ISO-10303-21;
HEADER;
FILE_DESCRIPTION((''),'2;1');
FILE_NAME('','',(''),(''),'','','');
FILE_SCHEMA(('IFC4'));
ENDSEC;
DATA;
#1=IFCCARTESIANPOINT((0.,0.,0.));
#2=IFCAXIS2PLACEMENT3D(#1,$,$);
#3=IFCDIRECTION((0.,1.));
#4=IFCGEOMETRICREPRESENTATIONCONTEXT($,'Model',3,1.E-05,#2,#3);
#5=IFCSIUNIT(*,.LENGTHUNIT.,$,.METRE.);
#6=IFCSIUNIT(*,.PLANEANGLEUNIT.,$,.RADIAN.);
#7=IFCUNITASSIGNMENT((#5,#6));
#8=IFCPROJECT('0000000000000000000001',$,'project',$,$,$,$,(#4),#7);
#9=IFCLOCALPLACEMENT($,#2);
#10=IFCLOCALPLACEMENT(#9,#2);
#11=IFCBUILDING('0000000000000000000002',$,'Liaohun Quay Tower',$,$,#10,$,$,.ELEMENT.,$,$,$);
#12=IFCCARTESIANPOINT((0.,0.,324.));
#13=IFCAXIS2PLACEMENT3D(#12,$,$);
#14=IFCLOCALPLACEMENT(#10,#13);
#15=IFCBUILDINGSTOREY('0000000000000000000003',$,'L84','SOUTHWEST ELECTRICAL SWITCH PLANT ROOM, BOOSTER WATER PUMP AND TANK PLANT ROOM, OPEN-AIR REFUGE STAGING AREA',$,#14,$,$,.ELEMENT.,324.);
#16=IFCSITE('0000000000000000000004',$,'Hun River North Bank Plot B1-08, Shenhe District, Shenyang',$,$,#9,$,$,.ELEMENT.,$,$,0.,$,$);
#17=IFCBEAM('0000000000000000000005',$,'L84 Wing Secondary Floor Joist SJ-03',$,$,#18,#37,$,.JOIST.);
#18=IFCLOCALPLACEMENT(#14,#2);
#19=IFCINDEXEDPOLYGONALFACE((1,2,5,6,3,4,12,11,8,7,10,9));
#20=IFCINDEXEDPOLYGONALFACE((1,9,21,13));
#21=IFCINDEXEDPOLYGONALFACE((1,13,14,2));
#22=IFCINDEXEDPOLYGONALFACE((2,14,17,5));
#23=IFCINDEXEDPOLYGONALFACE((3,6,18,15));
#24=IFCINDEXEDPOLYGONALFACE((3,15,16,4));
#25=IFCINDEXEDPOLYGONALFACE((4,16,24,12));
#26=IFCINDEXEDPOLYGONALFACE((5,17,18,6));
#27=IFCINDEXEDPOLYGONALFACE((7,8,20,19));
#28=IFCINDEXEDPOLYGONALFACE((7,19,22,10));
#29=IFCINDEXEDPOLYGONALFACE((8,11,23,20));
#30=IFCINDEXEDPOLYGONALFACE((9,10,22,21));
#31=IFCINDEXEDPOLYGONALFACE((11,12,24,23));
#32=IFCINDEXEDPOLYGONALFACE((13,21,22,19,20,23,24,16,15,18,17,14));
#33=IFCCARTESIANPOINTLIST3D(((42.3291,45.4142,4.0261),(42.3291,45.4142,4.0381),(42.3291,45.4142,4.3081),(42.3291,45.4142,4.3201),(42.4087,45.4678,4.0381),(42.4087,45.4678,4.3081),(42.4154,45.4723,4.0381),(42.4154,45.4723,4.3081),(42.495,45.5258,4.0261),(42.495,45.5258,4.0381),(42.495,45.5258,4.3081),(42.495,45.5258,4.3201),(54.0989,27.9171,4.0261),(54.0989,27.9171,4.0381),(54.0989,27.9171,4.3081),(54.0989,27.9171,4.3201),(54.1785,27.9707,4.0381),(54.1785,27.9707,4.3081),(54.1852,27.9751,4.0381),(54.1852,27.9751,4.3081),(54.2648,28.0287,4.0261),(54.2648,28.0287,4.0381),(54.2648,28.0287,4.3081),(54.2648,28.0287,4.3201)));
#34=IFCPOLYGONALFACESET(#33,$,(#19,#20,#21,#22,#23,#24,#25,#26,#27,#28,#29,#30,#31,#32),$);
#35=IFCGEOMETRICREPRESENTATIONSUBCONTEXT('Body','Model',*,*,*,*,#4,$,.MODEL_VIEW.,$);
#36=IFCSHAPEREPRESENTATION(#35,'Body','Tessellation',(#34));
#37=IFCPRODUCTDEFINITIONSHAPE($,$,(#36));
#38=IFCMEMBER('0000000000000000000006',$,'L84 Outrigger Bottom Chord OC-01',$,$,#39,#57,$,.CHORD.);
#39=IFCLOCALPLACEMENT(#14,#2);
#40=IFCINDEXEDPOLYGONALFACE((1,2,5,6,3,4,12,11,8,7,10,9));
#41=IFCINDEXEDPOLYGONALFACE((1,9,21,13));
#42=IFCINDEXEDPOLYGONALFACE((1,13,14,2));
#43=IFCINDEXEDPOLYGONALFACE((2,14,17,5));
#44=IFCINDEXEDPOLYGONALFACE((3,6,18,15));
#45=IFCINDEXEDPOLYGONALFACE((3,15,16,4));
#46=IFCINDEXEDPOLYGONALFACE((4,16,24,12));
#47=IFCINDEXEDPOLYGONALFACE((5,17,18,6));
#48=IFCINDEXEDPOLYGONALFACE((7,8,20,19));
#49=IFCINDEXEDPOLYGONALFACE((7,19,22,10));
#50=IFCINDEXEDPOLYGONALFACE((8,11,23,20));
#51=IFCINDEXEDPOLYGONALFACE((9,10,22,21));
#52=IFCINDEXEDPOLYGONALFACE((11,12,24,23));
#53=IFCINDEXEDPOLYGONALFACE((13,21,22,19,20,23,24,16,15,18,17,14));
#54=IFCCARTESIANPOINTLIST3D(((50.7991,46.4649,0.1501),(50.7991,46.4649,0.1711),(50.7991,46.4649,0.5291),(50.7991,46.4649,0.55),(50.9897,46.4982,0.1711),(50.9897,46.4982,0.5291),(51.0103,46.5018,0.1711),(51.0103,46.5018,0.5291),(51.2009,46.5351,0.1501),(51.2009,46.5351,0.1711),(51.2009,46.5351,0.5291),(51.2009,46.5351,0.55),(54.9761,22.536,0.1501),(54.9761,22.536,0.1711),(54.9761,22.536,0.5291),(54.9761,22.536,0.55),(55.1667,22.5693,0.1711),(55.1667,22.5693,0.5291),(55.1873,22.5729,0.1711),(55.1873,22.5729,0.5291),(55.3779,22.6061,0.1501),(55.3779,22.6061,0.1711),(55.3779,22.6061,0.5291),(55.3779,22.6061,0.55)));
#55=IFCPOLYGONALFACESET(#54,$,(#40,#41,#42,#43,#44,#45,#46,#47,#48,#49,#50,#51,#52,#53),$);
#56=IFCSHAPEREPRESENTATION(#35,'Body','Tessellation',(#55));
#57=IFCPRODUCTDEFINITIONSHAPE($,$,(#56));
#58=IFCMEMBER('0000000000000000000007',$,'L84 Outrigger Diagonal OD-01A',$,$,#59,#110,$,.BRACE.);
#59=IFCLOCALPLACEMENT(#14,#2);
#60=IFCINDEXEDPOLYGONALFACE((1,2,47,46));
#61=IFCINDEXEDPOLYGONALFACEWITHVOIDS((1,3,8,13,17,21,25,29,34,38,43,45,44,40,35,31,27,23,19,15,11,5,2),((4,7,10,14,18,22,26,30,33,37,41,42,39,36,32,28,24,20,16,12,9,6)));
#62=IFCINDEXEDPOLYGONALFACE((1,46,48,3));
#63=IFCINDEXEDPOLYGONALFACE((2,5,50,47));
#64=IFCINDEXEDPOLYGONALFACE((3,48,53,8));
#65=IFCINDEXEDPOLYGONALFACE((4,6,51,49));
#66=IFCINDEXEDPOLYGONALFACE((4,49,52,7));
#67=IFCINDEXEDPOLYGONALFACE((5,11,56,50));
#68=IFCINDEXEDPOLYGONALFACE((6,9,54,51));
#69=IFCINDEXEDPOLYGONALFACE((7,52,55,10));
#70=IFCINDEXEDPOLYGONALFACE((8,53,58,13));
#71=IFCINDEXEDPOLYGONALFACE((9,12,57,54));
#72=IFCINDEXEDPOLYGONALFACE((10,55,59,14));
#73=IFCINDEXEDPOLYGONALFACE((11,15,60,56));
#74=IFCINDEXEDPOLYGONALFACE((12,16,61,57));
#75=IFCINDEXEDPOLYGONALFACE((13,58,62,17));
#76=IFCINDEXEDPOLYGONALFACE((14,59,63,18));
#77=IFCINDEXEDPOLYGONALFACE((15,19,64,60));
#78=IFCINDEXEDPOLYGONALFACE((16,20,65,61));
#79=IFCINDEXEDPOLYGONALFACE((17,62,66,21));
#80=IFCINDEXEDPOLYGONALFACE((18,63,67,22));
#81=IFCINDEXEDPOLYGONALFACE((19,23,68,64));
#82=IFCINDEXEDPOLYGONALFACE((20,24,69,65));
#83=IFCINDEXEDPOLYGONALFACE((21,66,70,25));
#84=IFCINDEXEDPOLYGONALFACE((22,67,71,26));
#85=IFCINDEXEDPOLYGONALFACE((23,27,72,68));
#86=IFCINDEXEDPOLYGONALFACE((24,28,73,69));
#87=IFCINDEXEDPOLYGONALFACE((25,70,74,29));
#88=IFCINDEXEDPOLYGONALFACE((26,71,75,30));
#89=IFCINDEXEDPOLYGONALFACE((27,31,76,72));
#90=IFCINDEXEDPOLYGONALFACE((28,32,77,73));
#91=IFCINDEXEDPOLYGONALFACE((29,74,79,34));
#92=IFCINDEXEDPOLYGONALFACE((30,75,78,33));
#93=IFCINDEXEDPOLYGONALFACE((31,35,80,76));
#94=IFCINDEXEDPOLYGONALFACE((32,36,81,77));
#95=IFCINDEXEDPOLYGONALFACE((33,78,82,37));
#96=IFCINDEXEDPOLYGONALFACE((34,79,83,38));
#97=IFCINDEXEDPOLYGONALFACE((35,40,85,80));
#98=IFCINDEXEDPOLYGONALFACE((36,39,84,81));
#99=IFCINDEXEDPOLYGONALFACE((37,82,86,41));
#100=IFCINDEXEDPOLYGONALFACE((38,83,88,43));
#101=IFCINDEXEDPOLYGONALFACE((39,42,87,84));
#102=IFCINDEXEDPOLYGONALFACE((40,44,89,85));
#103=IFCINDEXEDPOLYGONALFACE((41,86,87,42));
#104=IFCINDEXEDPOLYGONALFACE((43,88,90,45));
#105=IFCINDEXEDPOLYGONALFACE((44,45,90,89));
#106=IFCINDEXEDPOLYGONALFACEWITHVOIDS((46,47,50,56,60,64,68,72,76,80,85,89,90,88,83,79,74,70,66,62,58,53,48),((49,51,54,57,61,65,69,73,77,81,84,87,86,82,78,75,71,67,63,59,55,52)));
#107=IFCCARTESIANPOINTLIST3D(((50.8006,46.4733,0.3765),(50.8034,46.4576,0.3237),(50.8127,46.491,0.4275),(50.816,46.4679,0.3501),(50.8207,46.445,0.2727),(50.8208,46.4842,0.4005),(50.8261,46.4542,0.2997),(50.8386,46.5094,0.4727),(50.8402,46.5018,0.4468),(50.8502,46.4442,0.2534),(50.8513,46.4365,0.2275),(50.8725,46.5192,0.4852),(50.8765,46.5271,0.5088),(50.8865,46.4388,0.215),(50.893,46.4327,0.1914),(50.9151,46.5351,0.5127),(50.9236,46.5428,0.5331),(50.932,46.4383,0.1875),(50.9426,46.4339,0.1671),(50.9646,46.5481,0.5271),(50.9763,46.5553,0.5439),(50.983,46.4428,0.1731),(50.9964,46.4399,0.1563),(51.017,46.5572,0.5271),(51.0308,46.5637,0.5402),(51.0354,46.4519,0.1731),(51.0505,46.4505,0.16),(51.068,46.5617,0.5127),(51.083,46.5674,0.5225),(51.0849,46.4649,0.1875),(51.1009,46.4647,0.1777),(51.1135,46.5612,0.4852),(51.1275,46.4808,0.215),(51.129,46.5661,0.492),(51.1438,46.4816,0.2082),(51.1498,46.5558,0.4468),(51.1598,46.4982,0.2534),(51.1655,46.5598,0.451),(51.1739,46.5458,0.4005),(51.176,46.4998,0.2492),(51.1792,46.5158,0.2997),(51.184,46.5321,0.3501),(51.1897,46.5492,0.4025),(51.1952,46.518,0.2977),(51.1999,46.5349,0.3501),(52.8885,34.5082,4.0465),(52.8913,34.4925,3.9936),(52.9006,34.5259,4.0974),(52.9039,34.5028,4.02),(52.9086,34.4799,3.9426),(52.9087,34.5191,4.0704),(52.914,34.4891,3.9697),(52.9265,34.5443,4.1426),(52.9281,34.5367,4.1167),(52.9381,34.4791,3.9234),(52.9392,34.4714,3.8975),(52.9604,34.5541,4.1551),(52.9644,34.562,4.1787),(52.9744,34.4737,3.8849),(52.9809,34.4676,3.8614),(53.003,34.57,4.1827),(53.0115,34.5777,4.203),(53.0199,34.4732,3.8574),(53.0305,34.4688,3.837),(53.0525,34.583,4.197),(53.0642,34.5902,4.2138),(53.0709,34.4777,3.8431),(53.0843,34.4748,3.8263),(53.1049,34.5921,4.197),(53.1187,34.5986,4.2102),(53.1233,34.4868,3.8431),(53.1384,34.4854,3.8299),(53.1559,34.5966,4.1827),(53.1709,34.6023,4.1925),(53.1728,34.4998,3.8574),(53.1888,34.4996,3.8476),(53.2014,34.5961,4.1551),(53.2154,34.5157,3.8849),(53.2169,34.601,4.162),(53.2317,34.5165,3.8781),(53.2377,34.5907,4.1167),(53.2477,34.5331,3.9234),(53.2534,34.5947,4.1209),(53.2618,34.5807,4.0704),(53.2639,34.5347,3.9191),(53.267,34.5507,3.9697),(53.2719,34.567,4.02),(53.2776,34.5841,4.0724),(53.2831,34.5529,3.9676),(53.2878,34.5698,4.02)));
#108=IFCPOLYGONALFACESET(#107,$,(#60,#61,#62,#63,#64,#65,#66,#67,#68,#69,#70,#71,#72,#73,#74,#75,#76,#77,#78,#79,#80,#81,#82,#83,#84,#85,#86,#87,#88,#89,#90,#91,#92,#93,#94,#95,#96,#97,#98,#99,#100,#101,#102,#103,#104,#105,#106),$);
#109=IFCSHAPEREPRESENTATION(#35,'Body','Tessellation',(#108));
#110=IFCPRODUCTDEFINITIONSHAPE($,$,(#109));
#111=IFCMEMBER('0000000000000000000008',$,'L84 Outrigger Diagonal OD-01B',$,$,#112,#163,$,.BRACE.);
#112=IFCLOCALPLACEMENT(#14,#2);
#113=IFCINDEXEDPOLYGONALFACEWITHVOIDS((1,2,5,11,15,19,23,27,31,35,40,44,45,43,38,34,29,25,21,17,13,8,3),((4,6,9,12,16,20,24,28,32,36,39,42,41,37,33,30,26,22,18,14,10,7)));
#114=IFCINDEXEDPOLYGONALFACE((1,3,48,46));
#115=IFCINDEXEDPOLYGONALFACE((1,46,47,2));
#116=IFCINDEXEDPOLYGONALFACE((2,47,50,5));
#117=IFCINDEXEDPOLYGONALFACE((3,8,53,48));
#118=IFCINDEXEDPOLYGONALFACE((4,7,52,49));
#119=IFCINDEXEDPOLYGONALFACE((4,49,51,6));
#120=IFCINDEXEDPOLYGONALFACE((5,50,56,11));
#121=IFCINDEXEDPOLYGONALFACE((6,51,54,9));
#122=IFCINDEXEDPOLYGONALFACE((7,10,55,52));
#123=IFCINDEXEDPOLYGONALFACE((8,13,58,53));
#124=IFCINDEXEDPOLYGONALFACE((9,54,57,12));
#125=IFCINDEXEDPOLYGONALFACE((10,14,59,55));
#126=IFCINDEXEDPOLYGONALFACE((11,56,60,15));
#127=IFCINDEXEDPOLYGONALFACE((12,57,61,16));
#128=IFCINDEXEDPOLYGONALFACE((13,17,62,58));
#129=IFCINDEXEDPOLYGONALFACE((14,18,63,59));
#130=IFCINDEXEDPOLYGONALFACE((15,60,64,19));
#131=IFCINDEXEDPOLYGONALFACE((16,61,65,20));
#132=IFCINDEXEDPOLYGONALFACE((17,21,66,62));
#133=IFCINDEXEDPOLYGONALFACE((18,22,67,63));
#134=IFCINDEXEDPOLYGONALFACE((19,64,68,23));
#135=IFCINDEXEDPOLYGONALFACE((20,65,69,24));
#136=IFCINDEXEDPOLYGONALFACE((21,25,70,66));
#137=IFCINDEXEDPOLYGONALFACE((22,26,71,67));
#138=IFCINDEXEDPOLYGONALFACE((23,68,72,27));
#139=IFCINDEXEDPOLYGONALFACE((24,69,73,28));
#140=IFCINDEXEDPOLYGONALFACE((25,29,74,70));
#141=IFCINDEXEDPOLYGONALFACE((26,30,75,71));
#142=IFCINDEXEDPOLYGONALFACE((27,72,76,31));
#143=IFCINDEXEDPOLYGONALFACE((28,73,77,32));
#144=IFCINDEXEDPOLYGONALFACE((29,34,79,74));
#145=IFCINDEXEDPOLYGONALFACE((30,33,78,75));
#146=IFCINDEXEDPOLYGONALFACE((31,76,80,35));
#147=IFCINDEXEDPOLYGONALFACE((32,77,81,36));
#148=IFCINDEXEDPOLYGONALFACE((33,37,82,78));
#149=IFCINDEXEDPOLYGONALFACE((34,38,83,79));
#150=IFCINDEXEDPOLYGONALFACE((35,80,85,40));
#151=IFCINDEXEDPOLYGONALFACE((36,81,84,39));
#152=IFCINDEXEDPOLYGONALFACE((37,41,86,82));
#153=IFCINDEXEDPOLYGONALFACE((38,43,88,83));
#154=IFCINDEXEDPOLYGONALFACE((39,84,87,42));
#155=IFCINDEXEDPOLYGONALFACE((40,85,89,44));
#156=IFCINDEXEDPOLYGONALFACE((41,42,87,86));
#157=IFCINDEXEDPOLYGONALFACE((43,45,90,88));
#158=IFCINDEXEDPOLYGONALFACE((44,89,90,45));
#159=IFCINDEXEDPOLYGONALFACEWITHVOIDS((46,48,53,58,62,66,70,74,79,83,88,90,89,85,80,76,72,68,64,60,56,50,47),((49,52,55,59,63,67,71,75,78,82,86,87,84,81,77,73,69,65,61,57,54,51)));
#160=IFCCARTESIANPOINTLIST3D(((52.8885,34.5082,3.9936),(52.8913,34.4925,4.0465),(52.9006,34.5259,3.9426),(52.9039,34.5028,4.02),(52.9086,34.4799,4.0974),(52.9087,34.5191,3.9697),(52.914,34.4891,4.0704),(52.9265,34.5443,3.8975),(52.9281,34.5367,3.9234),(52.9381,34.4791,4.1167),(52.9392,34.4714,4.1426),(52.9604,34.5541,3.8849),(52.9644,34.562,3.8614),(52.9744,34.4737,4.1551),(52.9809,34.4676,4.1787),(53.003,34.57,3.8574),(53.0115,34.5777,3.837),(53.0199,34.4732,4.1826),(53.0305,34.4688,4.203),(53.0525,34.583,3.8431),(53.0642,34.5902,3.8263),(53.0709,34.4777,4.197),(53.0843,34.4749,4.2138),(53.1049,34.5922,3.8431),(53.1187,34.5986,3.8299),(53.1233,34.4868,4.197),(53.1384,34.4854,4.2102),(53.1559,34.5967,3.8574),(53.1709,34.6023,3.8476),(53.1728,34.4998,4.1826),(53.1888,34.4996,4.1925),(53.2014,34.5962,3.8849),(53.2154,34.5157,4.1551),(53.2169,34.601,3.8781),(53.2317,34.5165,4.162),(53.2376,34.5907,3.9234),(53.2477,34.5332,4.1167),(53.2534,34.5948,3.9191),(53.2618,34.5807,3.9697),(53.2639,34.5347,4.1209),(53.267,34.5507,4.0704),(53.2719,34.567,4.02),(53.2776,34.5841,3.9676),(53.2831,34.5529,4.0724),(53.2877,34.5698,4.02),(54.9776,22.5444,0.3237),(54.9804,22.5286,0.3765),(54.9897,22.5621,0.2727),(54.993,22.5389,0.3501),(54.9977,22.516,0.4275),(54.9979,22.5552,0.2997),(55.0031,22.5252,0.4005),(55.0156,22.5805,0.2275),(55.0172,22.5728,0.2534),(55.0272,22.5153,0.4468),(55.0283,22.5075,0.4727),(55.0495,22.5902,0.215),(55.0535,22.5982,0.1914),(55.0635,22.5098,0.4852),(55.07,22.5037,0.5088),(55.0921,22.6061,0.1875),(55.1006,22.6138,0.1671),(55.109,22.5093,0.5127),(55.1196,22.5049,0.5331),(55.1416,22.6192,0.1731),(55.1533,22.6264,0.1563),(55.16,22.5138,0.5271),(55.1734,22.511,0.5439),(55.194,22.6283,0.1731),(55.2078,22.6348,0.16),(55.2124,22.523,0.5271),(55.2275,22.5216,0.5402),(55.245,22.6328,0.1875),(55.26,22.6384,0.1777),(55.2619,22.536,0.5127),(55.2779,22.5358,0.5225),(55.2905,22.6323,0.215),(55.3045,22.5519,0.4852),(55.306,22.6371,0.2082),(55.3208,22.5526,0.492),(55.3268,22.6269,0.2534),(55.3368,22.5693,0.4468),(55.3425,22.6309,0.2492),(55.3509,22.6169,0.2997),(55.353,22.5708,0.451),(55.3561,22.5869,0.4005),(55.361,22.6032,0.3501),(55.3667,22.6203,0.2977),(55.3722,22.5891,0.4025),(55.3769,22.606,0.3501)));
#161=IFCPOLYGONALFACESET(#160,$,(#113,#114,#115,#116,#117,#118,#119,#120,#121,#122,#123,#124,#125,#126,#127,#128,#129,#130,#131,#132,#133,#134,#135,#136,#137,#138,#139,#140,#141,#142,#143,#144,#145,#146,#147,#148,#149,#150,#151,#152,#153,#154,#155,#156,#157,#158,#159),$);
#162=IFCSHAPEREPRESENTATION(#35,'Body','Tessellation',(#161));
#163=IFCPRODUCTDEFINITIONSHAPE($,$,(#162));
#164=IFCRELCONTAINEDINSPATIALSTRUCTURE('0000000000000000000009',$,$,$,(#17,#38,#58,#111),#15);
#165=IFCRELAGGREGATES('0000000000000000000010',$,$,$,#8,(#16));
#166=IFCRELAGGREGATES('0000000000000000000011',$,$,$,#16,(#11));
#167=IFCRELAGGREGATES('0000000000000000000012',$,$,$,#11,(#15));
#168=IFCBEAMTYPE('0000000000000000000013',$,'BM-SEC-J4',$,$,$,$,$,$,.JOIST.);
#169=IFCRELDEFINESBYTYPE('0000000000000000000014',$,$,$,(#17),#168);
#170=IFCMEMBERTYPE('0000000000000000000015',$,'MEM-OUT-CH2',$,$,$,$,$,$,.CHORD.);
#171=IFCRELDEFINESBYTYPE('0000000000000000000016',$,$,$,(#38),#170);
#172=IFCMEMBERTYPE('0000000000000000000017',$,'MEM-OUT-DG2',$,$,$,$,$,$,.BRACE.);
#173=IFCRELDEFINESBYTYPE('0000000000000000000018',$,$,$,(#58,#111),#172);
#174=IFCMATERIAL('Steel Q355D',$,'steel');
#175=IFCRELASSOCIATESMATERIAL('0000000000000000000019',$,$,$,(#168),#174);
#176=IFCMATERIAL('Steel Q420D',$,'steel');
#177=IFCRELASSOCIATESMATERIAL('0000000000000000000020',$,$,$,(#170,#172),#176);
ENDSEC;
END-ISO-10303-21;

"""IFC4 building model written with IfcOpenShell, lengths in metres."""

from ifc_helpers import new_model, si_unit, direction, frame, origin, origin_2d, place, context, subcontext, project, spatial, hollow_circle, i_section, extrude, source, transform, mapped, material, material_profile, profile_set, type_object, element, save


model = new_model("IFC4")

# Units and contexts
model_context = context("Model", 3, precision=1e-05, world=origin(), true_north=direction((0.0, 1.0)))
body_context = subcontext(model_context, "Body", "Model", "MODEL_VIEW")
ifc_project = project(units=[si_unit("LENGTHUNIT", "METRE"), si_unit("PLANEANGLEUNIT", "RADIAN")], contexts=[model_context])

# Site, building, storey
site_placement = place(None, origin())
site = spatial("IfcSite", under=ifc_project, at=site_placement, Name="Hun River North Bank Plot B1-08, Shenhe District, Shenyang", CompositionType="ELEMENT", RefElevation=0.0)
building_placement = place(site_placement, origin())
building = spatial("IfcBuilding", under=site, at=building_placement, Name="Liaohun Quay Tower", CompositionType="ELEMENT")
storey_placement = place(building_placement, frame((0.0, 0.0, 324.0)))
storey = spatial("IfcBuildingStorey", under=building, at=storey_placement, Name="L84", Description="SOUTHWEST ELECTRICAL SWITCH PLANT ROOM, BOOSTER WATER PUMP AND TANK PLANT ROOM, OPEN-AIR REFUGE STAGING AREA", CompositionType="ELEMENT", Elevation=324.0)

# Beam
ifc_material_1 = material(Name="Steel Q355D", Category="steel")
ifc_material_profile_1 = material_profile(ifc_material_1, i_section(OverallWidth=0.2, OverallDepth=0.2939, WebThickness=0.0081, FlangeThickness=0.012, at=origin_2d()), Name="HM294x200x8x12")
ifc_profile_set_1 = profile_set([ifc_material_profile_1], Name="Steel Q355D")
beam_type_1 = type_object("IfcBeamType", Name="BM-SEC-J4", PredefinedType="JOIST", material=ifc_profile_set_1)
shared_shape_1 = source(origin(), body_context, "Body", "SweptSolid", [
    extrude(i_section(OverallWidth=0.2, OverallDepth=0.2939, WebThickness=0.0081, FlangeThickness=0.012, at=origin_2d()), origin(), (0.0, 0.0, 1.0), 21.0874),
])
beam_1_placement = place(storey_placement, frame((54.1819, 27.9729, 4.1731), z_axis=(-0.558145, 0.829744, 0.0), x_axis=(-0.829744, -0.558145, 0.0)))
element("IfcBeam", 1, at=beam_1_placement, inside=storey, type_object=beam_type_1, Name="L84 Wing Secondary Floor Joist SJ-03", PredefinedType="JOIST", context=body_context, shape_type="MappedRepresentation", body=[
    mapped(shared_shape_1, transform((0.0, 0.0, 0.0), x_axis=(1.0, 0.0, 0.0), y_axis=(0.0, 1.0, 0.0), z_axis=(0.0, 0.0, 1.0), scale=1.0)),
])

# Members
ifc_material_2 = material(Name="Steel Q420D", Category="steel")
ifc_material_profile_2 = material_profile(ifc_material_2, i_section(OverallWidth=0.408, OverallDepth=0.3999, WebThickness=0.021, FlangeThickness=0.021, at=origin_2d()), Name="HW400x408x21x21")
ifc_profile_set_2 = profile_set([ifc_material_profile_2], Name="Steel Q420D")
member_type_1 = type_object("IfcMemberType", Name="MEM-OUT-CH2", PredefinedType="CHORD", material=ifc_profile_set_2)
shared_shape_2 = source(origin(), body_context, "Body", "SweptSolid", [
    extrude(i_section(OverallWidth=0.408, OverallDepth=0.3999, WebThickness=0.021, FlangeThickness=0.021, at=origin_2d()), origin(), (0.0, 0.0, 1.0), 24.2908),
])
member_1_placement = place(storey_placement, frame((51.0, 46.5, 0.3501), z_axis=(0.171958, -0.985104, 0.0), x_axis=(0.985104, 0.171958, 0.0)))
element("IfcMember", 2, at=member_1_placement, inside=storey, type_object=member_type_1, Name="L84 Outrigger Bottom Chord OC-01", PredefinedType="CHORD", context=body_context, shape_type="MappedRepresentation", body=[
    mapped(shared_shape_2, transform((0.0, 0.0, 0.0), x_axis=(1.0, 0.0, 0.0), y_axis=(0.0, 1.0, 0.0), z_axis=(0.0, 0.0, 1.0), scale=1.0)),
])
ifc_material_profile_3 = material_profile(ifc_material_2, hollow_circle(Radius=0.2029, WallThickness=0.0161, at=origin_2d()), Name="CHS406x16")
ifc_profile_set_3 = profile_set([ifc_material_profile_3], Name="Steel Q420D")
member_type_2 = type_object("IfcMemberType", Name="MEM-OUT-DG2", PredefinedType="BRACE", material=ifc_profile_set_3)
shared_shape_3 = source(origin(), body_context, "Body", "SweptSolid", [
    extrude(hollow_circle(Radius=0.2029, WallThickness=0.0161, at=origin_2d()), origin(), (0.0, 0.0, 1.0), 12.6882),
])
member_2_placement = place(storey_placement, frame((51.0, 46.5, 0.3501), z_axis=(0.164553, -0.943008, 0.289238), x_axis=(0.985114, 0.171901, 0.0)))
element("IfcMember", 3, at=member_2_placement, inside=storey, type_object=member_type_2, Name="L84 Outrigger Diagonal OD-01A", PredefinedType="BRACE", context=body_context, shape_type="MappedRepresentation", body=[
    mapped(shared_shape_3, transform((0.0, 0.0, 0.0), x_axis=(1.0, 0.0, 0.0), y_axis=(0.0, 1.0, 0.0), z_axis=(0.0, 0.0, 1.0), scale=1.0)),
])
shared_shape_4 = source(origin(), body_context, "Body", "SweptSolid", [
    extrude(hollow_circle(Radius=0.2029, WallThickness=0.0161, at=origin_2d()), origin(), (0.0, 0.0, 1.0), 12.6873),
])
member_3_placement = place(storey_placement, frame((53.0879, 34.5349, 4.02), z_axis=(0.164662, -0.942982, -0.28926), x_axis=(0.985094, 0.172016, 0.0)))
element("IfcMember", 4, at=member_3_placement, inside=storey, type_object=member_type_2, Name="L84 Outrigger Diagonal OD-01B", PredefinedType="BRACE", context=body_context, shape_type="MappedRepresentation", body=[
    mapped(shared_shape_4, transform((0.0, 0.0, 0.0), x_axis=(1.0, 0.0, 0.0), y_axis=(0.0, 1.0, 0.0), z_axis=(0.0, 0.0, 1.0), scale=1.0)),
])

save(model, "model.ifc")
